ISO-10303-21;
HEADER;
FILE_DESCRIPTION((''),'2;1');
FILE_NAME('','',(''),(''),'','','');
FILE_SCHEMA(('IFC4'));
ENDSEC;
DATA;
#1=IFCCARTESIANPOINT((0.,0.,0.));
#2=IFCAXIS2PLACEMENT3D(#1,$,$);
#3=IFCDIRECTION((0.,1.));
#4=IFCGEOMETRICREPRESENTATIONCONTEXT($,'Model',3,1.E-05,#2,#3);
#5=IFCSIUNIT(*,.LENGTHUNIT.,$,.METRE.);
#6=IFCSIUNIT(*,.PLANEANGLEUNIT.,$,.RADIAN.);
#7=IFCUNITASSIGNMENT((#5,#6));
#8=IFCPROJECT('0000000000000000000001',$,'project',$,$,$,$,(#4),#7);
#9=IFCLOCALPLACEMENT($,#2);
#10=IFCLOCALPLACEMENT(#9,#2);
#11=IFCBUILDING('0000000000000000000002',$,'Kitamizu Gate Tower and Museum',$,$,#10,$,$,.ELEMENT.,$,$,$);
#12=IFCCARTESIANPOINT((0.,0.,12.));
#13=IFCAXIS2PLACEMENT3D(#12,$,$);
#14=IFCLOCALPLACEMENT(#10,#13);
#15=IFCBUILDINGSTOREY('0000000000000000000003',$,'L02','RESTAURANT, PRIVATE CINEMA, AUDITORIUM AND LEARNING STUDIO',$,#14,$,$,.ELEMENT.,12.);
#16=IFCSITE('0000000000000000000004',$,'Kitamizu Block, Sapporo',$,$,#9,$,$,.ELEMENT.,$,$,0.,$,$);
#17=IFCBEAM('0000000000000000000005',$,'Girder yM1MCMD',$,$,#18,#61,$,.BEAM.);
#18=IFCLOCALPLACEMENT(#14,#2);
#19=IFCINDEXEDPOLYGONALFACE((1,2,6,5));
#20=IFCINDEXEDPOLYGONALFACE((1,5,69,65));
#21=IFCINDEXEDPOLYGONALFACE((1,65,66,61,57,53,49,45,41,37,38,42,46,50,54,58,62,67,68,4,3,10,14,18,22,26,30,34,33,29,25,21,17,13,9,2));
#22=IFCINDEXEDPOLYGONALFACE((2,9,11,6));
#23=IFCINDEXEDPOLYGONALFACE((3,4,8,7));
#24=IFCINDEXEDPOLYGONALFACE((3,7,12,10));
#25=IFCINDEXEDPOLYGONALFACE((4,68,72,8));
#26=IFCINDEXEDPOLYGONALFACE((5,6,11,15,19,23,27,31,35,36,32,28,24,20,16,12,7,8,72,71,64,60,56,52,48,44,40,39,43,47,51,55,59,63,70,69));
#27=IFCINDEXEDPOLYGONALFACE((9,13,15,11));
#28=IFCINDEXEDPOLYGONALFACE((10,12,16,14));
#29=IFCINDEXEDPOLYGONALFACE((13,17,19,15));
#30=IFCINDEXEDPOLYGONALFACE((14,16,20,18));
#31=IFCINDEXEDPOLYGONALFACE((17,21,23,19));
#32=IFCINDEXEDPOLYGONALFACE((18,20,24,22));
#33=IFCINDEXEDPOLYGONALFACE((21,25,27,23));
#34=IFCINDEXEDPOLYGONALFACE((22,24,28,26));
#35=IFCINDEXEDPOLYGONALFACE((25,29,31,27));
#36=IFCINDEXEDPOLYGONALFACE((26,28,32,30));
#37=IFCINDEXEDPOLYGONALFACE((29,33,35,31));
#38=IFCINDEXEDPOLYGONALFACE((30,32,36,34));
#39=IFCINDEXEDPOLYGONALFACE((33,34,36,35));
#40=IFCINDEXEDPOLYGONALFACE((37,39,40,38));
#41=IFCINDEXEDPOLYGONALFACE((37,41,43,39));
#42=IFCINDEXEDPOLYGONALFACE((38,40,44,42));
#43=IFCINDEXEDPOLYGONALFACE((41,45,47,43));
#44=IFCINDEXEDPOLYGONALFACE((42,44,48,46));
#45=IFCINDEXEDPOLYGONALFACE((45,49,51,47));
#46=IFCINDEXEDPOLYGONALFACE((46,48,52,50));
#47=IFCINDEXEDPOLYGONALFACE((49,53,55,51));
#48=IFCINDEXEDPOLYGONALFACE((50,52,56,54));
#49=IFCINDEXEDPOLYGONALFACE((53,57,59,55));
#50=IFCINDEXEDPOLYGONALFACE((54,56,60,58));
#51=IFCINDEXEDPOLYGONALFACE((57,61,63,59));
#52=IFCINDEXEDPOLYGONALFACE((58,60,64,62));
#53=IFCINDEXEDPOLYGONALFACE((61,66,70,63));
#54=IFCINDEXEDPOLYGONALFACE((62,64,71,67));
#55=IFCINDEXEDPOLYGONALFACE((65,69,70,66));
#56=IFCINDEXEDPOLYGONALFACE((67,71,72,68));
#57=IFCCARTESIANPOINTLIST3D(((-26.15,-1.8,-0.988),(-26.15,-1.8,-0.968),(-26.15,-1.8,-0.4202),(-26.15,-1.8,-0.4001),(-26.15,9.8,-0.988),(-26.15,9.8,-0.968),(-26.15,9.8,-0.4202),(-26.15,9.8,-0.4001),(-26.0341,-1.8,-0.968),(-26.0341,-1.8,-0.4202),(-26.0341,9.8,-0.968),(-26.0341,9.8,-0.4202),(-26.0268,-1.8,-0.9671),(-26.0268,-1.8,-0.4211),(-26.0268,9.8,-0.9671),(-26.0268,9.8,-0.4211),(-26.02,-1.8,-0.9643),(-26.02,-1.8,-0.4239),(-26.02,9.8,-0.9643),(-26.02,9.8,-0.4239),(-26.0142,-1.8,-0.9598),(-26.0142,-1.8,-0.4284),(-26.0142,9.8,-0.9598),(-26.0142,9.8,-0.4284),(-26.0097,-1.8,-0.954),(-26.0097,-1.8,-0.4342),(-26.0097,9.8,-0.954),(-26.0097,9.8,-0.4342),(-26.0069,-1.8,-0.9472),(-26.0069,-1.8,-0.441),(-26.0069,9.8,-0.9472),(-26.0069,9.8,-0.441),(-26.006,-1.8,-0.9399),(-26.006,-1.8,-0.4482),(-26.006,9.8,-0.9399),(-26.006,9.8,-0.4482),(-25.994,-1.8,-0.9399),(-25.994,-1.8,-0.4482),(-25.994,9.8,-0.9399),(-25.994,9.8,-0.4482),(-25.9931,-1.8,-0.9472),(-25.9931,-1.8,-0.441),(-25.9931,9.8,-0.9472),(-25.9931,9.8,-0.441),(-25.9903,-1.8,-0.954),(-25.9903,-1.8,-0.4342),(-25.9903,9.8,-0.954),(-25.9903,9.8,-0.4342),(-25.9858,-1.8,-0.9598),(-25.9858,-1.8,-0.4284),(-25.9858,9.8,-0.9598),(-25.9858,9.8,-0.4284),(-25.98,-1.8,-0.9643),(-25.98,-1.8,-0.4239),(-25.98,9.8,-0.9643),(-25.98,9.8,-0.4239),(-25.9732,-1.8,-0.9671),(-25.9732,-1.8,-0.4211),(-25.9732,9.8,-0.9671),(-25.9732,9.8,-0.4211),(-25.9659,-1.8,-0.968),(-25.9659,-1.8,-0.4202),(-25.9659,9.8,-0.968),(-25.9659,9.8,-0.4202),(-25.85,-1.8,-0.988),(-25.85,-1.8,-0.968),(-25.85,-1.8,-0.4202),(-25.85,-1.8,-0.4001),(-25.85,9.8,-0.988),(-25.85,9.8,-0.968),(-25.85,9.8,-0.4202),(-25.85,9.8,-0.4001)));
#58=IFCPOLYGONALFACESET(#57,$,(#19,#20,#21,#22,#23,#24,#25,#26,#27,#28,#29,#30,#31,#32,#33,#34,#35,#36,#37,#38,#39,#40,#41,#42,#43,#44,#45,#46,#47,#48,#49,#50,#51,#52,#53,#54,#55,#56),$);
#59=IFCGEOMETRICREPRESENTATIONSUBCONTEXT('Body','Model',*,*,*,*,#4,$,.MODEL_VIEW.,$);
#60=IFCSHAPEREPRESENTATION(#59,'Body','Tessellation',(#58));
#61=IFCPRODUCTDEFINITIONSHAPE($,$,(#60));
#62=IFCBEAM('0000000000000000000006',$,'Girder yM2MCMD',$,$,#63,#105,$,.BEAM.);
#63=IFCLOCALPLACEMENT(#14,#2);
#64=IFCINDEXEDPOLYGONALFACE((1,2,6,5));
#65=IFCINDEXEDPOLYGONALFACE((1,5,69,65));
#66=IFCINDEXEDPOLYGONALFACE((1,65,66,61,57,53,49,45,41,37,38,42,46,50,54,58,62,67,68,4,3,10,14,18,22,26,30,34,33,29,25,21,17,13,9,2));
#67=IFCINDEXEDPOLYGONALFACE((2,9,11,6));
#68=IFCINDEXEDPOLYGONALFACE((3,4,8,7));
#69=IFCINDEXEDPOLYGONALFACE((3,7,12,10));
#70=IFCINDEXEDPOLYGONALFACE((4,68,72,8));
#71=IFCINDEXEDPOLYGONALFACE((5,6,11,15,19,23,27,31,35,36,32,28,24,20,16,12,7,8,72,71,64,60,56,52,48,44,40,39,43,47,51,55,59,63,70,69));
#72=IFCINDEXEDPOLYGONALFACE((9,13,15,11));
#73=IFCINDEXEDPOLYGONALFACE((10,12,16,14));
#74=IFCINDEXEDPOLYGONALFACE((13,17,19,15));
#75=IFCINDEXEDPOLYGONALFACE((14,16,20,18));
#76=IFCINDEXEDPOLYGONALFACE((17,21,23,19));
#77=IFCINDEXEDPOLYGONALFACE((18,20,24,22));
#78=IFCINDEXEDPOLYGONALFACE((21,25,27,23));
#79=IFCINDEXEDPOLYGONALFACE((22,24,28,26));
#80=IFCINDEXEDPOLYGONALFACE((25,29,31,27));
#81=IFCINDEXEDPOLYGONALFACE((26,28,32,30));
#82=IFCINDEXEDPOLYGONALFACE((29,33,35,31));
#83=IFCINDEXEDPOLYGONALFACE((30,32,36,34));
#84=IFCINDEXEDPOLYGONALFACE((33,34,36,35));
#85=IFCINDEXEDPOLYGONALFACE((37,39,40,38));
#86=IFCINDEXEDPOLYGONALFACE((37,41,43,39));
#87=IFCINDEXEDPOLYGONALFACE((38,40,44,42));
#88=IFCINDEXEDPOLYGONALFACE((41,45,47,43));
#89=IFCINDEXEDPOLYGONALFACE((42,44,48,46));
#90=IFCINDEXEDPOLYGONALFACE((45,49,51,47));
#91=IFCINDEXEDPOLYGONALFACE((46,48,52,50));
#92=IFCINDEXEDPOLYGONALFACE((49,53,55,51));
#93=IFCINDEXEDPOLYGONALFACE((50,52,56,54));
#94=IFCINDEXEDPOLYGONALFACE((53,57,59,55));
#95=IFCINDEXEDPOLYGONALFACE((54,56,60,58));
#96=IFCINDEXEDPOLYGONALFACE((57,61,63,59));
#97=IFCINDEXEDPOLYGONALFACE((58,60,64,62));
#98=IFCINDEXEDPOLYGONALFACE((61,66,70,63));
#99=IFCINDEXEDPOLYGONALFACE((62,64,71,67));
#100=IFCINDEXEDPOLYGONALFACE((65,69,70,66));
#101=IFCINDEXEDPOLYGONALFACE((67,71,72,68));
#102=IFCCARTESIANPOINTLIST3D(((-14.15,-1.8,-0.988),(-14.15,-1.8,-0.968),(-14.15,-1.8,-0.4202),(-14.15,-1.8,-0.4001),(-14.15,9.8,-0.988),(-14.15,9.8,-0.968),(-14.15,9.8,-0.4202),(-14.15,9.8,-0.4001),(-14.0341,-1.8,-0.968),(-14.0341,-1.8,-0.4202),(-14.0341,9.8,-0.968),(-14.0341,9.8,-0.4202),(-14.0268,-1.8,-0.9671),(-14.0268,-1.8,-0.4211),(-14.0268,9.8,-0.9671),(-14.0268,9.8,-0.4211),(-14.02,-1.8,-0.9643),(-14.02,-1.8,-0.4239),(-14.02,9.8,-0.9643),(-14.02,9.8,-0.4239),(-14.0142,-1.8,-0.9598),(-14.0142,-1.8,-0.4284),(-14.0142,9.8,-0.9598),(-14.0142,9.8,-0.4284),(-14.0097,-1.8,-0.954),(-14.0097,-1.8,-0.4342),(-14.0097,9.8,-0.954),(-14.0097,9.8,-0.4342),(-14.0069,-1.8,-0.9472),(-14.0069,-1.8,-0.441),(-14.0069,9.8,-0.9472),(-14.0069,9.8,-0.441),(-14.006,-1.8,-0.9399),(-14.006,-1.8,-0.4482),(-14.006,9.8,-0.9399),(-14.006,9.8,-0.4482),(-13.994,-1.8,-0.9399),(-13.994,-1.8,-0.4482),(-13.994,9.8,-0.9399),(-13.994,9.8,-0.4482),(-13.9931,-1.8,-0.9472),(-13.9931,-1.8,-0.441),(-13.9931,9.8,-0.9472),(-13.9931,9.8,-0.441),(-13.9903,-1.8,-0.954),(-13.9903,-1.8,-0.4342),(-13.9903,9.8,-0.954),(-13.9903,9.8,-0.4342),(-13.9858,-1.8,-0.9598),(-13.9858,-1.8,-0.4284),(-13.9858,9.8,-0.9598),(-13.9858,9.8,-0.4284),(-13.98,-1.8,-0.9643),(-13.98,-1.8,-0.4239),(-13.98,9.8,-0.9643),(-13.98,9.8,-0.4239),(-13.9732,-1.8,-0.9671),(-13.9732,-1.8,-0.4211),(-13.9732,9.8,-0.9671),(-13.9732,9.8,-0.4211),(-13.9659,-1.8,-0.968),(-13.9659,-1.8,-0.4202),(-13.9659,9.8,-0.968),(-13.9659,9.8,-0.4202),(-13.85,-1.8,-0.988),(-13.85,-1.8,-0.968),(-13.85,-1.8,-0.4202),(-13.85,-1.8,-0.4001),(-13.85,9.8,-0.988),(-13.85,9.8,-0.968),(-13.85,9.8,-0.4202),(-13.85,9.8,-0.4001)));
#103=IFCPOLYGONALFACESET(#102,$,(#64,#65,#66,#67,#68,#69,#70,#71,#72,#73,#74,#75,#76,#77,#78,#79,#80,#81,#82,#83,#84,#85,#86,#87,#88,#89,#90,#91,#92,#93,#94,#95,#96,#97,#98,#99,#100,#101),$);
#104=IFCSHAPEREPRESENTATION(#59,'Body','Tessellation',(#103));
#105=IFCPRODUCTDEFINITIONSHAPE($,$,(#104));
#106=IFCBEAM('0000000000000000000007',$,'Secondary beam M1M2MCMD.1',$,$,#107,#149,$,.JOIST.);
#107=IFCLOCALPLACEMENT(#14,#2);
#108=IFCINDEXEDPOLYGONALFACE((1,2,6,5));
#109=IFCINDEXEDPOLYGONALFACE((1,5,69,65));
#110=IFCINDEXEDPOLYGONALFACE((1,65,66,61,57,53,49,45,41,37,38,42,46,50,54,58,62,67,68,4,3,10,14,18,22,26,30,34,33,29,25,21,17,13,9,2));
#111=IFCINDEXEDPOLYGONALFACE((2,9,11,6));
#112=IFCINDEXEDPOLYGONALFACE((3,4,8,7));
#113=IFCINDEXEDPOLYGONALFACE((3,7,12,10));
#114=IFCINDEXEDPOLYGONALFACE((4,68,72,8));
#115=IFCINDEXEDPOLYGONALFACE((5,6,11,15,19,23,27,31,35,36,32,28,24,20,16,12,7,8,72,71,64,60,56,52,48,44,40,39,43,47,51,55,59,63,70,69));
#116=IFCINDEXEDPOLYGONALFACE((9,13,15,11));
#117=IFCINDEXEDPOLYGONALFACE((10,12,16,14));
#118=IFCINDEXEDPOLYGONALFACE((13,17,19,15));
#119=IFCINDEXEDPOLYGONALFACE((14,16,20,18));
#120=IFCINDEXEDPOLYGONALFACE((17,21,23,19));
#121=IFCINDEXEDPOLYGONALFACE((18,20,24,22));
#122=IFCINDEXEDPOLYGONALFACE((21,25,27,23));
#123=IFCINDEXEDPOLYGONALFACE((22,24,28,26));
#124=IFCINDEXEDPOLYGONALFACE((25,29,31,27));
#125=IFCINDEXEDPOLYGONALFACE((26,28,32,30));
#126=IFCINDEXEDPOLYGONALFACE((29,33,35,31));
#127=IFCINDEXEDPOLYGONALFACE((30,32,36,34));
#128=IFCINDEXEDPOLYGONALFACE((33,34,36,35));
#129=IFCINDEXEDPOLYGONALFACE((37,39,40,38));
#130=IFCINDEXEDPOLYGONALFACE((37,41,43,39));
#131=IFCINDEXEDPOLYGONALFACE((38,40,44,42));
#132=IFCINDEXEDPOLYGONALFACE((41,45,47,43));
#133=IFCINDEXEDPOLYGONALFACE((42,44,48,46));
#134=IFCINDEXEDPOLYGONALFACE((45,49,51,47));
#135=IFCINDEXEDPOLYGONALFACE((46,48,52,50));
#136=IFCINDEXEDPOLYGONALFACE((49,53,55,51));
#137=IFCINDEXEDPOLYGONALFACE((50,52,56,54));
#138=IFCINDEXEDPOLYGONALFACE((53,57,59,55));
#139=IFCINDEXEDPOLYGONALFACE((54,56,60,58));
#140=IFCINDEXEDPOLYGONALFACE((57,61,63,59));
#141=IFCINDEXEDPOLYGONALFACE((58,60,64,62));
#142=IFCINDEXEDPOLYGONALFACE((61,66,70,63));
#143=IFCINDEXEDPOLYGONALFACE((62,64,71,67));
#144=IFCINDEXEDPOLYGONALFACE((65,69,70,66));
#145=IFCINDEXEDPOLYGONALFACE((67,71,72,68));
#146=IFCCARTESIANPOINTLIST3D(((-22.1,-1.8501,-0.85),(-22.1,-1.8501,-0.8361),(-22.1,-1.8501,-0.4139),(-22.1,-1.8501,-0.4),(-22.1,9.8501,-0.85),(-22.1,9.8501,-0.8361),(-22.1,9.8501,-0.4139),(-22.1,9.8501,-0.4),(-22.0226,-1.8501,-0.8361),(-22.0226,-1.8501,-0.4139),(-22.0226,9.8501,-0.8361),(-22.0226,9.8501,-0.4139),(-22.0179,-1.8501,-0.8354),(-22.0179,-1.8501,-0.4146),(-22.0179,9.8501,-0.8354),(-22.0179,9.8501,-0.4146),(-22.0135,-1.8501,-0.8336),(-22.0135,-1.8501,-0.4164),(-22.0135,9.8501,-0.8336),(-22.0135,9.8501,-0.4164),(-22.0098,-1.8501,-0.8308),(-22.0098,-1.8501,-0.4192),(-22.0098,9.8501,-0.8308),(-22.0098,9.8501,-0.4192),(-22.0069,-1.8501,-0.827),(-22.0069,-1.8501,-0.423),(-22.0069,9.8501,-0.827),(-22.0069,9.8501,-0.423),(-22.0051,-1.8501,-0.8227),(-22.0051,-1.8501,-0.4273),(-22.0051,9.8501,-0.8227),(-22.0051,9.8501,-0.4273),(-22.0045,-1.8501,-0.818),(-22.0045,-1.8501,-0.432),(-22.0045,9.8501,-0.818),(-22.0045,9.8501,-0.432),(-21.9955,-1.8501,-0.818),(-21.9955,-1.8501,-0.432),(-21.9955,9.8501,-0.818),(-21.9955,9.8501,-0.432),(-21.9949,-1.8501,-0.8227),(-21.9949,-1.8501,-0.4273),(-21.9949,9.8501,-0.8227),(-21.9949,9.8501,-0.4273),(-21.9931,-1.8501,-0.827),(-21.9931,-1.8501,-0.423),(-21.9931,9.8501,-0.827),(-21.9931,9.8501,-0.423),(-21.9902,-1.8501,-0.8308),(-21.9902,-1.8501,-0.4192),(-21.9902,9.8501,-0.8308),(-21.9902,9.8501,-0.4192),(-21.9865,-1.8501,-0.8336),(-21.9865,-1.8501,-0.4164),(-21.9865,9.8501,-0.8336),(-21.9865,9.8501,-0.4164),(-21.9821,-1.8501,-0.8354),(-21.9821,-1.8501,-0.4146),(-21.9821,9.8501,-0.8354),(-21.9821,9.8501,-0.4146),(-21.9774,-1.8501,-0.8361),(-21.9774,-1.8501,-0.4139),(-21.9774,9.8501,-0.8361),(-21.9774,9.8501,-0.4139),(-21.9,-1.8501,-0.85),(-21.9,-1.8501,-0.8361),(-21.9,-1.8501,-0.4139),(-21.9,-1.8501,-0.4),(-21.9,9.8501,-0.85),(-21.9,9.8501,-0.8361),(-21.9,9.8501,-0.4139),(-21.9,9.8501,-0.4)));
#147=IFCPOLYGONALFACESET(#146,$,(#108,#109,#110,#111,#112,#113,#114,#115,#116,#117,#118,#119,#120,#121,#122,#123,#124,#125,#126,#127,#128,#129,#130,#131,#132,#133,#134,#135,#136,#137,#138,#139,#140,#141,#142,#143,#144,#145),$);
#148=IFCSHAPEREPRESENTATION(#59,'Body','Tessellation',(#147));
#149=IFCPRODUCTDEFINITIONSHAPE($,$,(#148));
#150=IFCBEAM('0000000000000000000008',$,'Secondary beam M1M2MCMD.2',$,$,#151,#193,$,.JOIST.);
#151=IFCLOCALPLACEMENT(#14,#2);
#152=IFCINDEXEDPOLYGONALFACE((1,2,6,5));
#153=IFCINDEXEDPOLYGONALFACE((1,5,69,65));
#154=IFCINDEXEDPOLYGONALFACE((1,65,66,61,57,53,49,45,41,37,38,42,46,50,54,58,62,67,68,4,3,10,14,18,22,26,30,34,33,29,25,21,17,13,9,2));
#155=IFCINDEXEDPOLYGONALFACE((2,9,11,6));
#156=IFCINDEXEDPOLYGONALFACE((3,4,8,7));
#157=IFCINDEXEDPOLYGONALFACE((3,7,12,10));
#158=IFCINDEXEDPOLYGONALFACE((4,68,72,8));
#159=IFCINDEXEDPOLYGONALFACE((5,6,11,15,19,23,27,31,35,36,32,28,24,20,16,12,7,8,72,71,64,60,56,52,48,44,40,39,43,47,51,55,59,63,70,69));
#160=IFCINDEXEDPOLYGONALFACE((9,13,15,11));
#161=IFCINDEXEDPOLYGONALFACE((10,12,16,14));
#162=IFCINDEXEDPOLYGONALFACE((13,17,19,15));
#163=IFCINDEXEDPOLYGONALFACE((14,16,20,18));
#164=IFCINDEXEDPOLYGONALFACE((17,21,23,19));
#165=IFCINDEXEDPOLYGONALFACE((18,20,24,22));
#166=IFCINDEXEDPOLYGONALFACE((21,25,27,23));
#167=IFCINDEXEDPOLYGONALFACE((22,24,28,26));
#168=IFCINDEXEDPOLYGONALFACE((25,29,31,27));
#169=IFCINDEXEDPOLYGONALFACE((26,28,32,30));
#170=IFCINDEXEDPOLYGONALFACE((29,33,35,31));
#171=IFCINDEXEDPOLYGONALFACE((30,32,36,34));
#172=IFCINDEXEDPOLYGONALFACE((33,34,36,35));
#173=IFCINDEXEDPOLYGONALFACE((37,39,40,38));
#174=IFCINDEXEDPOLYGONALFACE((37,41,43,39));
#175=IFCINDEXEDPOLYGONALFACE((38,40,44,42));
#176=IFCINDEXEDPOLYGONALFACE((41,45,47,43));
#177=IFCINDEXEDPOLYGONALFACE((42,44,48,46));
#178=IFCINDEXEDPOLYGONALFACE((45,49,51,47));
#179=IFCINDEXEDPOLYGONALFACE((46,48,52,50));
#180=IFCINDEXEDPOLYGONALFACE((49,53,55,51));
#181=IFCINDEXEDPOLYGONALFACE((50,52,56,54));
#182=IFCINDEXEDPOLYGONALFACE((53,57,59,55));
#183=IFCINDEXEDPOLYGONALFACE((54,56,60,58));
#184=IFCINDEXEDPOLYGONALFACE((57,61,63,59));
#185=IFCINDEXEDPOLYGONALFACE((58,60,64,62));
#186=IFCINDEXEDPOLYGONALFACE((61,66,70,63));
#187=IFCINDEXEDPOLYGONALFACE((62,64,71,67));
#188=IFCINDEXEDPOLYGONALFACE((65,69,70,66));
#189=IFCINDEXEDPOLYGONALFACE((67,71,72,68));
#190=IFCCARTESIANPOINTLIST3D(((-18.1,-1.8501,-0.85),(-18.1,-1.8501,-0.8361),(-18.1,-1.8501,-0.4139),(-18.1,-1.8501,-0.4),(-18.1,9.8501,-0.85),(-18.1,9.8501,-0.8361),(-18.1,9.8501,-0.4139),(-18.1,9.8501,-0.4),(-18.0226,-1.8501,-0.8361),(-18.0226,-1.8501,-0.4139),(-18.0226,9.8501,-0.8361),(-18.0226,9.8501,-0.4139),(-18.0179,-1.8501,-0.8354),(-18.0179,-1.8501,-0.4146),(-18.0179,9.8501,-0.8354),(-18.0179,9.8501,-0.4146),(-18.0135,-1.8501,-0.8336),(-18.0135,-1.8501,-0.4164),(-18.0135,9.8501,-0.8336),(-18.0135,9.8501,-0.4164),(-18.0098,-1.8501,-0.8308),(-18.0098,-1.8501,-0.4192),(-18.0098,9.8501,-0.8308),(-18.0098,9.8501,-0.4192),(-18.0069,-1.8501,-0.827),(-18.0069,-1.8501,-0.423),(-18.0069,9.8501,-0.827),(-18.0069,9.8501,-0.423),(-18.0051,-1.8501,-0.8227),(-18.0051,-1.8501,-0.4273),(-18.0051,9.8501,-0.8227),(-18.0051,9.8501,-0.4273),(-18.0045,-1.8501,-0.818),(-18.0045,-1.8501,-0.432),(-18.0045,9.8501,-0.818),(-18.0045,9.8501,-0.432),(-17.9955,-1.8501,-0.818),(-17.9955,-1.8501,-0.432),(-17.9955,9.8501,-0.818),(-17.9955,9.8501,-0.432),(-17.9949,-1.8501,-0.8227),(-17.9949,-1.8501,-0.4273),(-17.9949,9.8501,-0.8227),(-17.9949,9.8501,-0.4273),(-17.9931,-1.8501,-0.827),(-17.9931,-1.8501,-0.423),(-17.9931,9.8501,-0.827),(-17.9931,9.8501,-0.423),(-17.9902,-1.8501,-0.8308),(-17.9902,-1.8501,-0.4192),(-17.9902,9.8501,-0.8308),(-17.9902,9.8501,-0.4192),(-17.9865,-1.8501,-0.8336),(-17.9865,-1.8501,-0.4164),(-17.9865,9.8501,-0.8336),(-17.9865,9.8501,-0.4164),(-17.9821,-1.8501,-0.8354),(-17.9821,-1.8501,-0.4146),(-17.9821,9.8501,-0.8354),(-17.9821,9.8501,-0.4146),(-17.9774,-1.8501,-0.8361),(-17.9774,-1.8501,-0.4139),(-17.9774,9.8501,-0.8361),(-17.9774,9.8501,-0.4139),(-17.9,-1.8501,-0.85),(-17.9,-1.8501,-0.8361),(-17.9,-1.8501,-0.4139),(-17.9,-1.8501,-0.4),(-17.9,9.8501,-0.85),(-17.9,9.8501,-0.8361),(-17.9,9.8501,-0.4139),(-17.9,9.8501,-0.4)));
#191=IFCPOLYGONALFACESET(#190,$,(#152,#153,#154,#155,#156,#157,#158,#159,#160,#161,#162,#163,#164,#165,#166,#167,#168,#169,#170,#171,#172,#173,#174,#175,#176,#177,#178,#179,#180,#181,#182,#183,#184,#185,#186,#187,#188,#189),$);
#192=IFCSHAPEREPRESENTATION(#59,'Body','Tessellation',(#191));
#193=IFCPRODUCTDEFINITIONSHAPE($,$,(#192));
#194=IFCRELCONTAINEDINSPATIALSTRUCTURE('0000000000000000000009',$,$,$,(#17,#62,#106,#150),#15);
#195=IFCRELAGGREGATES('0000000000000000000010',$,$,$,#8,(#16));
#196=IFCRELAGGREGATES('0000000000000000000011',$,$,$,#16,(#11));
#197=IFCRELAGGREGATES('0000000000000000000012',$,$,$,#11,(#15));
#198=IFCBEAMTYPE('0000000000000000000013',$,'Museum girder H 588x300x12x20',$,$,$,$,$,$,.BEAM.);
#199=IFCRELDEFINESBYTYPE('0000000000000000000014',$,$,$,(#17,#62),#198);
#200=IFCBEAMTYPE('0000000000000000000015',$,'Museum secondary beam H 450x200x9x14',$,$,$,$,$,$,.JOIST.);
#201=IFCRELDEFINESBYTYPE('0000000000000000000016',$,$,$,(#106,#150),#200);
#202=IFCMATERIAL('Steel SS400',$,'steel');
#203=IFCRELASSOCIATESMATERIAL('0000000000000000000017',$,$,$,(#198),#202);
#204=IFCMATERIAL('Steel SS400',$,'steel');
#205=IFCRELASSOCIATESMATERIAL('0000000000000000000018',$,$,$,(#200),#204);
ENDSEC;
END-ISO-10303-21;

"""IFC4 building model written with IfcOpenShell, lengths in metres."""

from ifc_helpers import new_model, si_unit, direction, frame, origin, origin_2d, place, context, subcontext, project, spatial, i_section, extrude, material, material_profile, profile_set, type_object, element, save


model = new_model("IFC4")

# Units and contexts
model_context = context("Model", 3, precision=1e-05, world=origin(), true_north=direction((0.0, 1.0)))
body_context = subcontext(model_context, "Body", "Model", "MODEL_VIEW")
ifc_project = project(units=[si_unit("LENGTHUNIT", "METRE"), si_unit("PLANEANGLEUNIT", "RADIAN")], contexts=[model_context])

# Site, building, storey
site_placement = place(None, origin())
site = spatial("IfcSite", under=ifc_project, at=site_placement, Name="Kitamizu Block, Sapporo", CompositionType="ELEMENT", RefElevation=0.0)
building_placement = place(site_placement, origin())
building = spatial("IfcBuilding", under=site, at=building_placement, Name="Kitamizu Gate Tower and Museum", CompositionType="ELEMENT")
storey_placement = place(building_placement, frame((0.0, 0.0, 12.0)))
storey = spatial("IfcBuildingStorey", under=building, at=storey_placement, Name="L02", Description="RESTAURANT, PRIVATE CINEMA, AUDITORIUM AND LEARNING STUDIO", CompositionType="ELEMENT", Elevation=12.0)

# Beams
ifc_material_1 = material(Name="Steel SS400", Category="steel")
ifc_material_profile_1 = material_profile(ifc_material_1, i_section(OverallWidth=0.3, OverallDepth=0.5879, WebThickness=0.012, FlangeThickness=0.02, FilletRadius=0.0281, at=origin_2d()), Name="H-588x300x12x20")
ifc_profile_set_1 = profile_set([ifc_material_profile_1], Name="Steel SS400")
beam_type_1 = type_object("IfcBeamType", Name="Museum girder H 588x300x12x20", PredefinedType="BEAM", material=ifc_profile_set_1)
for number, where, z_axis, x_axis, name in (
    (1, (-26.0, -1.8, -0.6941), (0.0, 1.0, 0.0), (-1.0, 0.0, 0.0), "Girder yM1MCMD"),
    (2, (-14.0, -1.8, -0.6941), (0.0, 1.0, 0.0), (-1.0, 0.0, 0.0), "Girder yM2MCMD"),
):
    element("IfcBeam", number, at=place(storey_placement, frame(where, z_axis=z_axis, x_axis=x_axis)), inside=storey, type_object=beam_type_1, Name=name, PredefinedType="BEAM", context=body_context, shape_type="SweptSolid", body=[
        extrude(i_section(OverallWidth=0.3, OverallDepth=0.5879, WebThickness=0.012, FlangeThickness=0.02, FilletRadius=0.0281, at=origin_2d()), origin(), (0.0, 0.0, 1.0), 11.6001),
    ])
ifc_material_2 = material(Name="Steel SS400", Category="steel")
ifc_material_profile_2 = material_profile(ifc_material_2, i_section(OverallWidth=0.2, OverallDepth=0.45, WebThickness=0.009, FlangeThickness=0.0139, FilletRadius=0.0181, at=origin_2d()), Name="H-450x200x9x14")
ifc_profile_set_2 = profile_set([ifc_material_profile_2], Name="Steel SS400")
beam_type_2 = type_object("IfcBeamType", Name="Museum secondary beam H 450x200x9x14", PredefinedType="JOIST", material=ifc_profile_set_2)
for number, where, z_axis, x_axis, name in (
    (3, (-22.0, -1.8501, -0.625), (0.0, 1.0, 0.0), (-1.0, 0.0, 0.0), "Secondary beam M1M2MCMD.1"),
    (4, (-18.0, -1.8501, -0.625), (0.0, 1.0, 0.0), (-1.0, 0.0, 0.0), "Secondary beam M1M2MCMD.2"),
):
    element("IfcBeam", number, at=place(storey_placement, frame(where, z_axis=z_axis, x_axis=x_axis)), inside=storey, type_object=beam_type_2, Name=name, PredefinedType="JOIST", context=body_context, shape_type="SweptSolid", body=[
        extrude(i_section(OverallWidth=0.2, OverallDepth=0.45, WebThickness=0.009, FlangeThickness=0.0139, FilletRadius=0.0181, at=origin_2d()), origin(), (0.0, 0.0, 1.0), 11.7002),
    ])

save(model, "model.ifc")
